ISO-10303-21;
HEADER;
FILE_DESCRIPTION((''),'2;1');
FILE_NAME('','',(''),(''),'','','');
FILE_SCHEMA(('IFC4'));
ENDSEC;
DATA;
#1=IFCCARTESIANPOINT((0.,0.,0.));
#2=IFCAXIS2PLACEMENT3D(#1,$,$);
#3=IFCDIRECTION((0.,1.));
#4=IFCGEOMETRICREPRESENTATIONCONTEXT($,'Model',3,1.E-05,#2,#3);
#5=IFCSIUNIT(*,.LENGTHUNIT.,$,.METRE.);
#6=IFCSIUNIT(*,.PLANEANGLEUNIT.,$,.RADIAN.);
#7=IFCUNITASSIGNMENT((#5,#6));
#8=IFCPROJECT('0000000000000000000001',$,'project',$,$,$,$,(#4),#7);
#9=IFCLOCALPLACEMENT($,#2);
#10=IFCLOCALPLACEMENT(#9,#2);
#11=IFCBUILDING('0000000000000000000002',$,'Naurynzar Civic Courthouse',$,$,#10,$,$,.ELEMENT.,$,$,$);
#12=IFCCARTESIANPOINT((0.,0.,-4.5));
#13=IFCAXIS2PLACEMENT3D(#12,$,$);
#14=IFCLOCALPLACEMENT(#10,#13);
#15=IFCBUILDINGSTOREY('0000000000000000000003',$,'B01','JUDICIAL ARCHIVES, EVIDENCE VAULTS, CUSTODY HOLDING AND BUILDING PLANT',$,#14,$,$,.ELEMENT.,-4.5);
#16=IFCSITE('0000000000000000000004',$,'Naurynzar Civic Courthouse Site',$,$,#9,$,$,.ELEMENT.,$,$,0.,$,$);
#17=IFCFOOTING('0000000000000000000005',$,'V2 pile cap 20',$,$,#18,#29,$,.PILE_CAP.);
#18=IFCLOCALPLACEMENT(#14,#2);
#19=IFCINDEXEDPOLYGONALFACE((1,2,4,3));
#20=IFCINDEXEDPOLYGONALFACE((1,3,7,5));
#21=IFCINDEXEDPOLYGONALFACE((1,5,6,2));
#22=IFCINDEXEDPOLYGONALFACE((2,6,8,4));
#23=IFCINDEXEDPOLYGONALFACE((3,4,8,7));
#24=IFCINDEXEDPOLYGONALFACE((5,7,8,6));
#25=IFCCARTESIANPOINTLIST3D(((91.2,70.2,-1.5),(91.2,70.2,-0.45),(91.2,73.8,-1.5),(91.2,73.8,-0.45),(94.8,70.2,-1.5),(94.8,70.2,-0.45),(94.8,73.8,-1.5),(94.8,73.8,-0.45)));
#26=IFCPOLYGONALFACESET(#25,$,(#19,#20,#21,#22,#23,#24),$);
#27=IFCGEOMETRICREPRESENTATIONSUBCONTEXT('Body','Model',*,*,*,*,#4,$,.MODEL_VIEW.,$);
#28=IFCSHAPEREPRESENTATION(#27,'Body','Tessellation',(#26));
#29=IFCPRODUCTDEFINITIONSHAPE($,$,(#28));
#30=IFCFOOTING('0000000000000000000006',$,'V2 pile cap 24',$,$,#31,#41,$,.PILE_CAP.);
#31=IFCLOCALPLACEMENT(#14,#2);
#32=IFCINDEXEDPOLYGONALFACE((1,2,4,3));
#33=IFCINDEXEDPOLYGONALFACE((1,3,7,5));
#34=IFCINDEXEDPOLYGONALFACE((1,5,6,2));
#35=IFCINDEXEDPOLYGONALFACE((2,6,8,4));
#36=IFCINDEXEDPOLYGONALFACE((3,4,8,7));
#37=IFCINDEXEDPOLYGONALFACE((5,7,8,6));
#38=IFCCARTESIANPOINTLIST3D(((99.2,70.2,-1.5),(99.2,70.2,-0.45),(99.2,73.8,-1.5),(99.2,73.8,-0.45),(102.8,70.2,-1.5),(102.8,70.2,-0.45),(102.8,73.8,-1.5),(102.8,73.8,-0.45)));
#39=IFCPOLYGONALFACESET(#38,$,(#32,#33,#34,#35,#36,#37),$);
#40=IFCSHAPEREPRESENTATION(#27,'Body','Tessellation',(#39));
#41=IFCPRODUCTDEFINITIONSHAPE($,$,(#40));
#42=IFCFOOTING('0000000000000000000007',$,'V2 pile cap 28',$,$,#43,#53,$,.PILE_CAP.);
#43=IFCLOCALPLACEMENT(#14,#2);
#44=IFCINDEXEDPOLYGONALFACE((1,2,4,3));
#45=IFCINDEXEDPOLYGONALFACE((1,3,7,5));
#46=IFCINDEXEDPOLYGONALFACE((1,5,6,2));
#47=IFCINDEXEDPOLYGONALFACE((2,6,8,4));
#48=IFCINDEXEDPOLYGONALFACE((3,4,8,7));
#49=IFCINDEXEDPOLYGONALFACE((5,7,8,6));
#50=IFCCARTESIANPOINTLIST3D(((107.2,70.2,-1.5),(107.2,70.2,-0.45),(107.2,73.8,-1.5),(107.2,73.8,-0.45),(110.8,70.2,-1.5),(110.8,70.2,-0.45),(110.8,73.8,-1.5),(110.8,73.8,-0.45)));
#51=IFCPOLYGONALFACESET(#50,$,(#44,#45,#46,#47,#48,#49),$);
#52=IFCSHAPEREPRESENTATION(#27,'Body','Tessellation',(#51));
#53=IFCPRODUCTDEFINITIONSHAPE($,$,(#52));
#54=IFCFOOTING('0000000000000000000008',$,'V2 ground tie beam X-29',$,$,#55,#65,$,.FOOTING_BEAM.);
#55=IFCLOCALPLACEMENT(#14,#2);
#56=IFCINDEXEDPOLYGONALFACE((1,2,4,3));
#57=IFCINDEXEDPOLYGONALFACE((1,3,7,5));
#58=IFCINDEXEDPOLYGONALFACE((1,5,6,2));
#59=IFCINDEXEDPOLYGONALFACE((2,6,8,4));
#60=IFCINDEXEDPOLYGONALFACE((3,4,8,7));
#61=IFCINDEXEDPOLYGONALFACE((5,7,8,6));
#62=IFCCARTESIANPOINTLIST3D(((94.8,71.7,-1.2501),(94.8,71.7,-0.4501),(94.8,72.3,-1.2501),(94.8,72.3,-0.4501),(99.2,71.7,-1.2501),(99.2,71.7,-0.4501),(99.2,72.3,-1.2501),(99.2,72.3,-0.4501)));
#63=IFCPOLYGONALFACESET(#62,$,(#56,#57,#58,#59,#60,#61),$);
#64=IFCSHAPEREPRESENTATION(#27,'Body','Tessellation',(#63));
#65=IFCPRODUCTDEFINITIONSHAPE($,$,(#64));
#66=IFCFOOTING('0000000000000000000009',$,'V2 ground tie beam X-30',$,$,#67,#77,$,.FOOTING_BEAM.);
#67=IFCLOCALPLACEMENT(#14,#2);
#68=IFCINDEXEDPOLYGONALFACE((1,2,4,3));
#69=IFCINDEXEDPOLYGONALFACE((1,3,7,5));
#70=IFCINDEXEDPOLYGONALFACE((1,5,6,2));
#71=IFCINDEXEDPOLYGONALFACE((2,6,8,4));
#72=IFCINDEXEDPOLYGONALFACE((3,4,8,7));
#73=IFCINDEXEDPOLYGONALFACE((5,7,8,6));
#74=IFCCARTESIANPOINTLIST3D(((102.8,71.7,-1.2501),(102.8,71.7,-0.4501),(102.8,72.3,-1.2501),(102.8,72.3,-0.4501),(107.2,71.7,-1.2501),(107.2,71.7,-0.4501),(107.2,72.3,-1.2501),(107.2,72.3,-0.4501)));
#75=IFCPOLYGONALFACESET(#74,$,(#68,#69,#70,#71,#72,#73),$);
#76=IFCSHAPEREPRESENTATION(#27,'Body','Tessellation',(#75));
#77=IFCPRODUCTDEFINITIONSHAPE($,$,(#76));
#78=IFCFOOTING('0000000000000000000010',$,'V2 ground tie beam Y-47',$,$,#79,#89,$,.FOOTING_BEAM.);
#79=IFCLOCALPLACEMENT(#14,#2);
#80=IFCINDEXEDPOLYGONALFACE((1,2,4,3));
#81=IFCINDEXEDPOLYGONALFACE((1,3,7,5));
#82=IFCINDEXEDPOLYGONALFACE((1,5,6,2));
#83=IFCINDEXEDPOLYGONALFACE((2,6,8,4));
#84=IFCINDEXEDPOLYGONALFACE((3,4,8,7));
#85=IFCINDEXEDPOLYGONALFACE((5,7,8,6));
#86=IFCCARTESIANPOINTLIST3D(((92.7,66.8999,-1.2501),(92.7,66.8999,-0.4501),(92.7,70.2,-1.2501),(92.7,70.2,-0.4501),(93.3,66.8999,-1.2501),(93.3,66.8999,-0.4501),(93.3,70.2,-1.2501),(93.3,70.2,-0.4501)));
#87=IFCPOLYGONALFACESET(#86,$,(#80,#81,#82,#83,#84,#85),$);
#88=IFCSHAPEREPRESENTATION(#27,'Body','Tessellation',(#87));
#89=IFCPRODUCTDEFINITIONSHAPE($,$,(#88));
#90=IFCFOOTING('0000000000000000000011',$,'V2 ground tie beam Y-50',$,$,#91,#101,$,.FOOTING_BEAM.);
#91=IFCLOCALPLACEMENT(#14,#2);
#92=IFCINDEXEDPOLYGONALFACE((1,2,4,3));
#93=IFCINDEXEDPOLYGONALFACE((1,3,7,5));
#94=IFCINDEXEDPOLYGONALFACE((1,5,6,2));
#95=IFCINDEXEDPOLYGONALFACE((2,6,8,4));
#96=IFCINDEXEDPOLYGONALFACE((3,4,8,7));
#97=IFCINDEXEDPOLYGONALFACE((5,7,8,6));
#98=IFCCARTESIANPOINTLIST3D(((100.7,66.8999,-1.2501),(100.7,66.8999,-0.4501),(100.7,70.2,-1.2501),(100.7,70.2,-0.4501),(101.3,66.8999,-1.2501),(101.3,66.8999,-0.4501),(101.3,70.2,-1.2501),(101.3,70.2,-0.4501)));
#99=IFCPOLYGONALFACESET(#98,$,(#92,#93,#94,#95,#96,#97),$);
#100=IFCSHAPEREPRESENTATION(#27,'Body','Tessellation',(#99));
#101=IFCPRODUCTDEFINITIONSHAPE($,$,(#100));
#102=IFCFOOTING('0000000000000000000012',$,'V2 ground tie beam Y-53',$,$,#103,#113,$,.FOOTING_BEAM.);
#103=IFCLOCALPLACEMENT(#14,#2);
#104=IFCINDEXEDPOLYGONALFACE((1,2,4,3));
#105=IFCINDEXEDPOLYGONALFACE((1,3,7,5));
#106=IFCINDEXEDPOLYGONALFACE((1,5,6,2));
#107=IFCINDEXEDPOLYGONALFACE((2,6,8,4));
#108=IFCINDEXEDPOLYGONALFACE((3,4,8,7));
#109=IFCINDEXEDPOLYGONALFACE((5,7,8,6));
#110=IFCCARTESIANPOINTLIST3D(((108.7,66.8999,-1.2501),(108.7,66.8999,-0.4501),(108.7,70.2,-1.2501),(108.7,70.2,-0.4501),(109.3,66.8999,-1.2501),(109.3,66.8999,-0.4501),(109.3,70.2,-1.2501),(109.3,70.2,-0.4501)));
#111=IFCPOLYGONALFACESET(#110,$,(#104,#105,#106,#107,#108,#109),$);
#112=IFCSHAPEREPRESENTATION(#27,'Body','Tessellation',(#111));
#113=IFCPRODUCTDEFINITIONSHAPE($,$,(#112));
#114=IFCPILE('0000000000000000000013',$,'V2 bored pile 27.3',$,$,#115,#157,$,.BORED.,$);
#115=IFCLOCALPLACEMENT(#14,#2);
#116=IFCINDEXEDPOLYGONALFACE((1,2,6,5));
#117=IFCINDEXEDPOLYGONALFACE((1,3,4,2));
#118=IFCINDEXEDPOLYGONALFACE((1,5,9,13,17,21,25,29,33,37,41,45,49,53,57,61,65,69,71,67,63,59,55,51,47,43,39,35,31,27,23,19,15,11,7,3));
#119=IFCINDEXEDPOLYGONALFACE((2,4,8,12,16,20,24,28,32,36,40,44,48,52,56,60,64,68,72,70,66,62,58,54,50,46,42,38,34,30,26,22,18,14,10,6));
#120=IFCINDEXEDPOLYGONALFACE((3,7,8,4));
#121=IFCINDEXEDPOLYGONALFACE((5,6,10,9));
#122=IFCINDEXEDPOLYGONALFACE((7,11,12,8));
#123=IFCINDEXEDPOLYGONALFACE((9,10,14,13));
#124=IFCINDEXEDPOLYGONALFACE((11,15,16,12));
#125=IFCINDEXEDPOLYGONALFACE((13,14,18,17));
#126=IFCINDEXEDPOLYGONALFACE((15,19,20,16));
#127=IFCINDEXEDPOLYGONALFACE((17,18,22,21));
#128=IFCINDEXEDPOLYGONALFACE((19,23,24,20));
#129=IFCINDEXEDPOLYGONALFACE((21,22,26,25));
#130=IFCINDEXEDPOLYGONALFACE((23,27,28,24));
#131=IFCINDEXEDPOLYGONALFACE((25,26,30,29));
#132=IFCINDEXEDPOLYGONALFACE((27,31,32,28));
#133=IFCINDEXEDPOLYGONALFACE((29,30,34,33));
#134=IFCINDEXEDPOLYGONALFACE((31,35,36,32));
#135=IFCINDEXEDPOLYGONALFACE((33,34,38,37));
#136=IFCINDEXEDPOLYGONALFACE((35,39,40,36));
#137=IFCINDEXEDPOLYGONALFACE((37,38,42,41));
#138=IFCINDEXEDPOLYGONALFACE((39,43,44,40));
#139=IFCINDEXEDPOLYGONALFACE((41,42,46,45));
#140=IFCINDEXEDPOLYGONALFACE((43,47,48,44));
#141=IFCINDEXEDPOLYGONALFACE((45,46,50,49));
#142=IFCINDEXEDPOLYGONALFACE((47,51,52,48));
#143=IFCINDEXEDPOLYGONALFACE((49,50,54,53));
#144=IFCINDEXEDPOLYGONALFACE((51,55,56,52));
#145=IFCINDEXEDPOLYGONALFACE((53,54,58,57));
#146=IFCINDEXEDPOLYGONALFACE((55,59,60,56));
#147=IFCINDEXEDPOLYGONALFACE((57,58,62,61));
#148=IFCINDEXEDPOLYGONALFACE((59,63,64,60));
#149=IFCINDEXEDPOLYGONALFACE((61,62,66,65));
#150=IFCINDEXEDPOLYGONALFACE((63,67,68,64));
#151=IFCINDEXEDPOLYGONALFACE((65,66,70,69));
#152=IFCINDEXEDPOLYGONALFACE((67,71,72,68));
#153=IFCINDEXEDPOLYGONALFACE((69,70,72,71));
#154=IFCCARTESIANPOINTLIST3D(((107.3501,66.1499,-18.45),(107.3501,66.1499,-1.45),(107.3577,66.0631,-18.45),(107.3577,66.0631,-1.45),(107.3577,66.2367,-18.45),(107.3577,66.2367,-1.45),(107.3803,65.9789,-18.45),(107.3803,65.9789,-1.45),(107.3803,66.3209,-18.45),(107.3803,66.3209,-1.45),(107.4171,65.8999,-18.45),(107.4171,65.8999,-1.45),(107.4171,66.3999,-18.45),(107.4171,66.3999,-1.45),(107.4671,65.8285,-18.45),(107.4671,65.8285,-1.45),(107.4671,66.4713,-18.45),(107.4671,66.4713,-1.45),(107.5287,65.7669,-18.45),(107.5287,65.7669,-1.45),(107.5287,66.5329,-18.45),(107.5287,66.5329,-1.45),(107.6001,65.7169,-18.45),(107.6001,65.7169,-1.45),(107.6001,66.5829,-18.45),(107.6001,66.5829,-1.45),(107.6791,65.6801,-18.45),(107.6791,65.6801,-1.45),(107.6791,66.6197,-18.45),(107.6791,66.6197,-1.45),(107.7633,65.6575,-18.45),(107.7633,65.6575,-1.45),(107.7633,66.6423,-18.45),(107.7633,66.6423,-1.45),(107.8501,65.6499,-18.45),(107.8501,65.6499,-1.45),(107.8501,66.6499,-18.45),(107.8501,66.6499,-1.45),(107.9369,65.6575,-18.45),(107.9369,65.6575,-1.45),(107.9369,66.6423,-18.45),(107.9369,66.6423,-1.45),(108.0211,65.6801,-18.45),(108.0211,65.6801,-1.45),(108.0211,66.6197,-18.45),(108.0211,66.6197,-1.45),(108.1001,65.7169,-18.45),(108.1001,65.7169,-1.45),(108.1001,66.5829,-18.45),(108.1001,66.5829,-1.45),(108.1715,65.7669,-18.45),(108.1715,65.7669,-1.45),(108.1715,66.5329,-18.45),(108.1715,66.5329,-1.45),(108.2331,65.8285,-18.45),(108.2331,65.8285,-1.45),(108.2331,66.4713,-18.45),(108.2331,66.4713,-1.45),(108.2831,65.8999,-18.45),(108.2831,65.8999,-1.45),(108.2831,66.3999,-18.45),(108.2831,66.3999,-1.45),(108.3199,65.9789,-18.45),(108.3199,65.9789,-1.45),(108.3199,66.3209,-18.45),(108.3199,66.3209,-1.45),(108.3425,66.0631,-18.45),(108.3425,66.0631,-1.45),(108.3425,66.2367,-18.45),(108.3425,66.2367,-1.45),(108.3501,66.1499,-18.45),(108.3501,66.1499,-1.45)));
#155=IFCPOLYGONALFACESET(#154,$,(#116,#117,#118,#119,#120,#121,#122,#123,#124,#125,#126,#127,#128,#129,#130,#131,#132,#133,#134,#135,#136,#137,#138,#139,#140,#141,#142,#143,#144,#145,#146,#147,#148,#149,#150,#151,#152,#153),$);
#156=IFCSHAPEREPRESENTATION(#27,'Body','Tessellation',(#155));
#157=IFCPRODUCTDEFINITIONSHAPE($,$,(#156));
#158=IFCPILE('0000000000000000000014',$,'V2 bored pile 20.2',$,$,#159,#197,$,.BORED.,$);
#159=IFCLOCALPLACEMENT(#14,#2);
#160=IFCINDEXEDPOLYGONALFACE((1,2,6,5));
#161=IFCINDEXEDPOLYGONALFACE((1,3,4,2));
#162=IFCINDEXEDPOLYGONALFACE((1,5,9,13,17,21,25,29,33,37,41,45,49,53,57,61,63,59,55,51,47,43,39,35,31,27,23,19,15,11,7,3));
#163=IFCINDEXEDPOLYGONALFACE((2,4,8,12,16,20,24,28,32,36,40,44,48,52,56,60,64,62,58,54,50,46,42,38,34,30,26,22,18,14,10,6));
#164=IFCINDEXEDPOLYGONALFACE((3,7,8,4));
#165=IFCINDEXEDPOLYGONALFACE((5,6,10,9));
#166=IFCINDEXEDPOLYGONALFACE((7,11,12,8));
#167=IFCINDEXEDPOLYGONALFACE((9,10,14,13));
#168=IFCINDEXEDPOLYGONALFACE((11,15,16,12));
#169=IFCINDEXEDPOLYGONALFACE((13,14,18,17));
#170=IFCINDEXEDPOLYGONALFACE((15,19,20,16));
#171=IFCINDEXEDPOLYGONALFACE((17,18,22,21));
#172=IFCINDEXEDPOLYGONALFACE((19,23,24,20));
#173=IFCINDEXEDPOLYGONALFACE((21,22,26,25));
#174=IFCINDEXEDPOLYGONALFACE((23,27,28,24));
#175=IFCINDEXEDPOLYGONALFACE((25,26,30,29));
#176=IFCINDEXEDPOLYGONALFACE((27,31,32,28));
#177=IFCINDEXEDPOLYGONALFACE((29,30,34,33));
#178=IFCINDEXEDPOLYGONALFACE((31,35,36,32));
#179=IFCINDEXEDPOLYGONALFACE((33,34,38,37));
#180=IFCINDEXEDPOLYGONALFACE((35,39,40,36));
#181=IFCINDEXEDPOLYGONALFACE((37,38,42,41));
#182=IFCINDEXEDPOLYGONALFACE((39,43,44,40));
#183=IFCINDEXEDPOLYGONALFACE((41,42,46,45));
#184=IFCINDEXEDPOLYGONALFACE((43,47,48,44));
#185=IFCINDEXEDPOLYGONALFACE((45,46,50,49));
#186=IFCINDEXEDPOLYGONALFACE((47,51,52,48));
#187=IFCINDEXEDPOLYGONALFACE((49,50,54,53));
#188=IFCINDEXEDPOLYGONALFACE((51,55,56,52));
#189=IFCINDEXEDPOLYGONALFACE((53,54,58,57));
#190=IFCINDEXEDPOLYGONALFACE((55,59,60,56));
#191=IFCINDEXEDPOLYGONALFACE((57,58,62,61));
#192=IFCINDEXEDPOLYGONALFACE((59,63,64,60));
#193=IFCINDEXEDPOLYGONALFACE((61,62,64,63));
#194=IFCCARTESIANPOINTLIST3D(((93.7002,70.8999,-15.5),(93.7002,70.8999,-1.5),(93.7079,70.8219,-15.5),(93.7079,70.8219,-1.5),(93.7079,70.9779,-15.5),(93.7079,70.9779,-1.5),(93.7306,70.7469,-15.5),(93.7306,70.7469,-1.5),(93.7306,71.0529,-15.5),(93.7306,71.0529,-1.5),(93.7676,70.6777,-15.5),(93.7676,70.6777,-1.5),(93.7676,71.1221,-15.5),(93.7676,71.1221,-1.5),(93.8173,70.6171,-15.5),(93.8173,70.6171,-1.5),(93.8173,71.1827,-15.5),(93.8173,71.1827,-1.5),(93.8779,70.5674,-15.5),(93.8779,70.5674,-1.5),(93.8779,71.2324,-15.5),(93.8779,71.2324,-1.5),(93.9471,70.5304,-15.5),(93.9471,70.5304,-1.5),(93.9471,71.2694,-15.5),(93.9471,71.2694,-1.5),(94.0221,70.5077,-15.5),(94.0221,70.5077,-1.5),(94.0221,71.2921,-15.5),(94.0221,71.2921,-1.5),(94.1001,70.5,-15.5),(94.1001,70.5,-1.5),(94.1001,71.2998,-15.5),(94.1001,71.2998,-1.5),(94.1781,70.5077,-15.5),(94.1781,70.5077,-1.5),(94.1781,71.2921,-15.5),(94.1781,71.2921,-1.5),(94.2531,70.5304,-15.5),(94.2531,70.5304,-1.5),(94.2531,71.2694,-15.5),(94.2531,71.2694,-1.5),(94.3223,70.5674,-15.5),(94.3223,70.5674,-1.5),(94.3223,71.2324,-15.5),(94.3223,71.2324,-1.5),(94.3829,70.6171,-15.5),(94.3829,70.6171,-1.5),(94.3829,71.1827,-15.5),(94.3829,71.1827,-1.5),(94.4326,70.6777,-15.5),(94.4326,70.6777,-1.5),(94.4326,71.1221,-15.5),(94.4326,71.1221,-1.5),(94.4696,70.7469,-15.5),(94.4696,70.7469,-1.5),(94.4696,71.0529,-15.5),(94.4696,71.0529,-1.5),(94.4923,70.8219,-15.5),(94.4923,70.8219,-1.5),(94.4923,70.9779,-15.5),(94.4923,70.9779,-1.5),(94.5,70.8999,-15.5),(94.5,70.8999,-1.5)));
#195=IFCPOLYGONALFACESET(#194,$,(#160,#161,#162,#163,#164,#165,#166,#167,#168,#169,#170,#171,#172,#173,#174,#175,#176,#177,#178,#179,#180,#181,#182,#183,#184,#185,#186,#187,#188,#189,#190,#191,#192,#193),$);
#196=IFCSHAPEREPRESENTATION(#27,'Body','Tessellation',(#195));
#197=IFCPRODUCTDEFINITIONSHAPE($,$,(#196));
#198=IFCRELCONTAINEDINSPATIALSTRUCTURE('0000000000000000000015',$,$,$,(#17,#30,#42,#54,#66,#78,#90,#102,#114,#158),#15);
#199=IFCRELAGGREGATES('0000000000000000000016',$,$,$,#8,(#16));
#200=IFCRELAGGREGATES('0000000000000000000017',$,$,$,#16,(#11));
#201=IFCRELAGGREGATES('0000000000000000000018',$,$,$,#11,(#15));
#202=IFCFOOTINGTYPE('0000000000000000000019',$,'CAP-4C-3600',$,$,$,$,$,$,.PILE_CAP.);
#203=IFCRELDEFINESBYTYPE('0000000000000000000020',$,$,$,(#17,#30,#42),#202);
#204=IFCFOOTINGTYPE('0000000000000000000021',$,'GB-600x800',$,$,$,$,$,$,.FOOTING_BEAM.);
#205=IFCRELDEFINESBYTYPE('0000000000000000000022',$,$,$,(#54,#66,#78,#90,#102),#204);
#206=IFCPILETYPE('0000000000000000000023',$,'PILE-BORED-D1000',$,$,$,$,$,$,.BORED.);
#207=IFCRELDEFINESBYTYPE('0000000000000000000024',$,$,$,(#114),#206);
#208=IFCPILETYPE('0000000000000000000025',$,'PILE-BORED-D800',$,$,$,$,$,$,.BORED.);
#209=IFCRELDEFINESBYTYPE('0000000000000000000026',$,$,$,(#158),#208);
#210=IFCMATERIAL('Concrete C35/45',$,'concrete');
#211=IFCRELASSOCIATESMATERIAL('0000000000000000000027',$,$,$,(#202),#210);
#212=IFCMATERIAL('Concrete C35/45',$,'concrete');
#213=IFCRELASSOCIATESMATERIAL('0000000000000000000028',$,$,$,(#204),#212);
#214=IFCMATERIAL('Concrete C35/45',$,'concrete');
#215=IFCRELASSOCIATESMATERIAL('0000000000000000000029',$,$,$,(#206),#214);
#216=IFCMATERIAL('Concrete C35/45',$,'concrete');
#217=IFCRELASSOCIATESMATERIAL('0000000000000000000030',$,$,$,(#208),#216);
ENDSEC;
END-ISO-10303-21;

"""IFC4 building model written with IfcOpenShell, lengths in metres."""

from ifc_helpers import new_model, si_unit, direction, frame, origin, origin_2d, place, context, subcontext, project, spatial, rectangle, circle, extrude, material, material_profile, profile_set, type_object, element, save


model = new_model("IFC4")

# Units and contexts
model_context = context("Model", 3, precision=1e-05, world=origin(), true_north=direction((0.0, 1.0)))
body_context = subcontext(model_context, "Body", "Model", "MODEL_VIEW")
ifc_project = project(units=[si_unit("LENGTHUNIT", "METRE"), si_unit("PLANEANGLEUNIT", "RADIAN")], contexts=[model_context])

# Site, building, storey
site_placement = place(None, origin())
site = spatial("IfcSite", under=ifc_project, at=site_placement, Name="Naurynzar Civic Courthouse Site", CompositionType="ELEMENT", RefElevation=0.0)
building_placement = place(site_placement, origin())
building = spatial("IfcBuilding", under=site, at=building_placement, Name="Naurynzar Civic Courthouse", CompositionType="ELEMENT")
storey_placement = place(building_placement, frame((0.0, 0.0, -4.5)))
storey = spatial("IfcBuildingStorey", under=building, at=storey_placement, Name="B01", Description="JUDICIAL ARCHIVES, EVIDENCE VAULTS, CUSTODY HOLDING AND BUILDING PLANT", CompositionType="ELEMENT", Elevation=-4.5)

# Footings
ifc_material_1 = material(Name="Concrete C35/45", Category="concrete")
footing_type_1 = type_object("IfcFootingType", Name="CAP-4C-3600", PredefinedType="PILE_CAP", material=ifc_material_1)
for number, where, z_axis, x_axis, name in (
    (1, (93.0, 72.0, -1.5), (0.0, 0.0, 1.0), (1.0, 0.0, 0.0), "V2 pile cap 20"),
    (2, (101.0, 72.0, -1.5), (0.0, 0.0, 1.0), (1.0, 0.0, 0.0), "V2 pile cap 24"),
    (3, (109.0, 72.0, -1.5), (0.0, 0.0, 1.0), (1.0, 0.0, 0.0), "V2 pile cap 28"),
):
    element("IfcFooting", number, at=place(storey_placement, frame(where, z_axis=z_axis, x_axis=x_axis)), inside=storey, type_object=footing_type_1, Name=name, PredefinedType="PILE_CAP", context=body_context, shape_type="SweptSolid", body=[
        extrude(rectangle(XDim=3.6001, YDim=3.6001, at=origin_2d()), origin(), (0.0, 0.0, 1.0), 1.05),
    ])
ifc_material_2 = material(Name="Concrete C35/45", Category="concrete")
ifc_material_profile_1 = material_profile(ifc_material_2, rectangle(XDim=0.6001, YDim=0.8, at=origin_2d()), Name="GB 600x800")
ifc_profile_set_1 = profile_set([ifc_material_profile_1], Name="Concrete C35/45")
footing_type_2 = type_object("IfcFootingType", Name="GB-600x800", PredefinedType="FOOTING_BEAM", material=ifc_profile_set_1)
for number, where, z_axis, x_axis, name in (
    (4, (94.8, 72.0, -0.8501), (1.0, 0.0, 0.0), (0.0, 1.0, 0.0), "V2 ground tie beam X-29"),
    (5, (102.8, 72.0, -0.8501), (1.0, 0.0, 0.0), (0.0, 1.0, 0.0), "V2 ground tie beam X-30"),
):
    element("IfcFooting", number, at=place(storey_placement, frame(where, z_axis=z_axis, x_axis=x_axis)), inside=storey, type_object=footing_type_2, Name=name, PredefinedType="FOOTING_BEAM", context=body_context, shape_type="SweptSolid", body=[
        extrude(rectangle(XDim=0.6001, YDim=0.8, at=origin_2d()), origin(), (0.0, 0.0, 1.0), 4.3999),
    ])
for number, where, z_axis, x_axis, name in (
    (6, (93.0, 66.8999, -0.8501), (0.0, 1.0, 0.0), (-1.0, 0.0, 0.0), "V2 ground tie beam Y-47"),
    (7, (101.0, 66.8999, -0.8501), (0.0, 1.0, 0.0), (-1.0, 0.0, 0.0), "V2 ground tie beam Y-50"),
    (8, (109.0, 66.8999, -0.8501), (0.0, 1.0, 0.0), (-1.0, 0.0, 0.0), "V2 ground tie beam Y-53"),
):
    element("IfcFooting", number, at=place(storey_placement, frame(where, z_axis=z_axis, x_axis=x_axis)), inside=storey, type_object=footing_type_2, Name=name, PredefinedType="FOOTING_BEAM", context=body_context, shape_type="SweptSolid", body=[
        extrude(rectangle(XDim=0.6001, YDim=0.8, at=origin_2d()), origin(), (0.0, 0.0, 1.0), 3.3),
    ])

# Piles
ifc_material_3 = material(Name="Concrete C35/45", Category="concrete")
ifc_material_profile_2 = material_profile(ifc_material_3, circle(Radius=0.5, at=origin_2d()), Name="PILE D1000")
ifc_profile_set_2 = profile_set([ifc_material_profile_2], Name="Concrete C35/45")
pile_type_1 = type_object("IfcPileType", Name="PILE-BORED-D1000", PredefinedType="BORED", material=ifc_profile_set_2)
pile_placement = place(storey_placement, frame((107.8501, 66.1499, -1.45), z_axis=(0.0, 0.0, -1.0), x_axis=(1.0, 0.0, 0.0)))
element("IfcPile", 9, at=pile_placement, inside=storey, type_object=pile_type_1, Name="V2 bored pile 27.3", PredefinedType="BORED", context=body_context, shape_type="SweptSolid", body=[
    extrude(circle(Radius=0.5, at=origin_2d()), origin(), (0.0, 0.0, 1.0), 17.0),
])
ifc_material_4 = material(Name="Concrete C35/45", Category="concrete")
ifc_material_profile_3 = material_profile(ifc_material_4, circle(Radius=0.3999, at=origin_2d()), Name="PILE D800")
ifc_profile_set_3 = profile_set([ifc_material_profile_3], Name="Concrete C35/45")
pile_type_2 = type_object("IfcPileType", Name="PILE-BORED-D800", PredefinedType="BORED", material=ifc_profile_set_3)
for number, where, z_axis, x_axis, name in (
    (10, (94.1001, 70.8999, -1.5), (0.0, 0.0, -1.0), (1.0, 0.0, 0.0), "V2 bored pile 20.2"),
):
    element("IfcPile", number, at=place(storey_placement, frame(where, z_axis=z_axis, x_axis=x_axis)), inside=storey, type_object=pile_type_2, Name=name, PredefinedType="BORED", context=body_context, shape_type="SweptSolid", body=[
        extrude(circle(Radius=0.3999, at=origin_2d()), origin(), (0.0, 0.0, 1.0), 14.0),
    ])

save(model, "model.ifc")
